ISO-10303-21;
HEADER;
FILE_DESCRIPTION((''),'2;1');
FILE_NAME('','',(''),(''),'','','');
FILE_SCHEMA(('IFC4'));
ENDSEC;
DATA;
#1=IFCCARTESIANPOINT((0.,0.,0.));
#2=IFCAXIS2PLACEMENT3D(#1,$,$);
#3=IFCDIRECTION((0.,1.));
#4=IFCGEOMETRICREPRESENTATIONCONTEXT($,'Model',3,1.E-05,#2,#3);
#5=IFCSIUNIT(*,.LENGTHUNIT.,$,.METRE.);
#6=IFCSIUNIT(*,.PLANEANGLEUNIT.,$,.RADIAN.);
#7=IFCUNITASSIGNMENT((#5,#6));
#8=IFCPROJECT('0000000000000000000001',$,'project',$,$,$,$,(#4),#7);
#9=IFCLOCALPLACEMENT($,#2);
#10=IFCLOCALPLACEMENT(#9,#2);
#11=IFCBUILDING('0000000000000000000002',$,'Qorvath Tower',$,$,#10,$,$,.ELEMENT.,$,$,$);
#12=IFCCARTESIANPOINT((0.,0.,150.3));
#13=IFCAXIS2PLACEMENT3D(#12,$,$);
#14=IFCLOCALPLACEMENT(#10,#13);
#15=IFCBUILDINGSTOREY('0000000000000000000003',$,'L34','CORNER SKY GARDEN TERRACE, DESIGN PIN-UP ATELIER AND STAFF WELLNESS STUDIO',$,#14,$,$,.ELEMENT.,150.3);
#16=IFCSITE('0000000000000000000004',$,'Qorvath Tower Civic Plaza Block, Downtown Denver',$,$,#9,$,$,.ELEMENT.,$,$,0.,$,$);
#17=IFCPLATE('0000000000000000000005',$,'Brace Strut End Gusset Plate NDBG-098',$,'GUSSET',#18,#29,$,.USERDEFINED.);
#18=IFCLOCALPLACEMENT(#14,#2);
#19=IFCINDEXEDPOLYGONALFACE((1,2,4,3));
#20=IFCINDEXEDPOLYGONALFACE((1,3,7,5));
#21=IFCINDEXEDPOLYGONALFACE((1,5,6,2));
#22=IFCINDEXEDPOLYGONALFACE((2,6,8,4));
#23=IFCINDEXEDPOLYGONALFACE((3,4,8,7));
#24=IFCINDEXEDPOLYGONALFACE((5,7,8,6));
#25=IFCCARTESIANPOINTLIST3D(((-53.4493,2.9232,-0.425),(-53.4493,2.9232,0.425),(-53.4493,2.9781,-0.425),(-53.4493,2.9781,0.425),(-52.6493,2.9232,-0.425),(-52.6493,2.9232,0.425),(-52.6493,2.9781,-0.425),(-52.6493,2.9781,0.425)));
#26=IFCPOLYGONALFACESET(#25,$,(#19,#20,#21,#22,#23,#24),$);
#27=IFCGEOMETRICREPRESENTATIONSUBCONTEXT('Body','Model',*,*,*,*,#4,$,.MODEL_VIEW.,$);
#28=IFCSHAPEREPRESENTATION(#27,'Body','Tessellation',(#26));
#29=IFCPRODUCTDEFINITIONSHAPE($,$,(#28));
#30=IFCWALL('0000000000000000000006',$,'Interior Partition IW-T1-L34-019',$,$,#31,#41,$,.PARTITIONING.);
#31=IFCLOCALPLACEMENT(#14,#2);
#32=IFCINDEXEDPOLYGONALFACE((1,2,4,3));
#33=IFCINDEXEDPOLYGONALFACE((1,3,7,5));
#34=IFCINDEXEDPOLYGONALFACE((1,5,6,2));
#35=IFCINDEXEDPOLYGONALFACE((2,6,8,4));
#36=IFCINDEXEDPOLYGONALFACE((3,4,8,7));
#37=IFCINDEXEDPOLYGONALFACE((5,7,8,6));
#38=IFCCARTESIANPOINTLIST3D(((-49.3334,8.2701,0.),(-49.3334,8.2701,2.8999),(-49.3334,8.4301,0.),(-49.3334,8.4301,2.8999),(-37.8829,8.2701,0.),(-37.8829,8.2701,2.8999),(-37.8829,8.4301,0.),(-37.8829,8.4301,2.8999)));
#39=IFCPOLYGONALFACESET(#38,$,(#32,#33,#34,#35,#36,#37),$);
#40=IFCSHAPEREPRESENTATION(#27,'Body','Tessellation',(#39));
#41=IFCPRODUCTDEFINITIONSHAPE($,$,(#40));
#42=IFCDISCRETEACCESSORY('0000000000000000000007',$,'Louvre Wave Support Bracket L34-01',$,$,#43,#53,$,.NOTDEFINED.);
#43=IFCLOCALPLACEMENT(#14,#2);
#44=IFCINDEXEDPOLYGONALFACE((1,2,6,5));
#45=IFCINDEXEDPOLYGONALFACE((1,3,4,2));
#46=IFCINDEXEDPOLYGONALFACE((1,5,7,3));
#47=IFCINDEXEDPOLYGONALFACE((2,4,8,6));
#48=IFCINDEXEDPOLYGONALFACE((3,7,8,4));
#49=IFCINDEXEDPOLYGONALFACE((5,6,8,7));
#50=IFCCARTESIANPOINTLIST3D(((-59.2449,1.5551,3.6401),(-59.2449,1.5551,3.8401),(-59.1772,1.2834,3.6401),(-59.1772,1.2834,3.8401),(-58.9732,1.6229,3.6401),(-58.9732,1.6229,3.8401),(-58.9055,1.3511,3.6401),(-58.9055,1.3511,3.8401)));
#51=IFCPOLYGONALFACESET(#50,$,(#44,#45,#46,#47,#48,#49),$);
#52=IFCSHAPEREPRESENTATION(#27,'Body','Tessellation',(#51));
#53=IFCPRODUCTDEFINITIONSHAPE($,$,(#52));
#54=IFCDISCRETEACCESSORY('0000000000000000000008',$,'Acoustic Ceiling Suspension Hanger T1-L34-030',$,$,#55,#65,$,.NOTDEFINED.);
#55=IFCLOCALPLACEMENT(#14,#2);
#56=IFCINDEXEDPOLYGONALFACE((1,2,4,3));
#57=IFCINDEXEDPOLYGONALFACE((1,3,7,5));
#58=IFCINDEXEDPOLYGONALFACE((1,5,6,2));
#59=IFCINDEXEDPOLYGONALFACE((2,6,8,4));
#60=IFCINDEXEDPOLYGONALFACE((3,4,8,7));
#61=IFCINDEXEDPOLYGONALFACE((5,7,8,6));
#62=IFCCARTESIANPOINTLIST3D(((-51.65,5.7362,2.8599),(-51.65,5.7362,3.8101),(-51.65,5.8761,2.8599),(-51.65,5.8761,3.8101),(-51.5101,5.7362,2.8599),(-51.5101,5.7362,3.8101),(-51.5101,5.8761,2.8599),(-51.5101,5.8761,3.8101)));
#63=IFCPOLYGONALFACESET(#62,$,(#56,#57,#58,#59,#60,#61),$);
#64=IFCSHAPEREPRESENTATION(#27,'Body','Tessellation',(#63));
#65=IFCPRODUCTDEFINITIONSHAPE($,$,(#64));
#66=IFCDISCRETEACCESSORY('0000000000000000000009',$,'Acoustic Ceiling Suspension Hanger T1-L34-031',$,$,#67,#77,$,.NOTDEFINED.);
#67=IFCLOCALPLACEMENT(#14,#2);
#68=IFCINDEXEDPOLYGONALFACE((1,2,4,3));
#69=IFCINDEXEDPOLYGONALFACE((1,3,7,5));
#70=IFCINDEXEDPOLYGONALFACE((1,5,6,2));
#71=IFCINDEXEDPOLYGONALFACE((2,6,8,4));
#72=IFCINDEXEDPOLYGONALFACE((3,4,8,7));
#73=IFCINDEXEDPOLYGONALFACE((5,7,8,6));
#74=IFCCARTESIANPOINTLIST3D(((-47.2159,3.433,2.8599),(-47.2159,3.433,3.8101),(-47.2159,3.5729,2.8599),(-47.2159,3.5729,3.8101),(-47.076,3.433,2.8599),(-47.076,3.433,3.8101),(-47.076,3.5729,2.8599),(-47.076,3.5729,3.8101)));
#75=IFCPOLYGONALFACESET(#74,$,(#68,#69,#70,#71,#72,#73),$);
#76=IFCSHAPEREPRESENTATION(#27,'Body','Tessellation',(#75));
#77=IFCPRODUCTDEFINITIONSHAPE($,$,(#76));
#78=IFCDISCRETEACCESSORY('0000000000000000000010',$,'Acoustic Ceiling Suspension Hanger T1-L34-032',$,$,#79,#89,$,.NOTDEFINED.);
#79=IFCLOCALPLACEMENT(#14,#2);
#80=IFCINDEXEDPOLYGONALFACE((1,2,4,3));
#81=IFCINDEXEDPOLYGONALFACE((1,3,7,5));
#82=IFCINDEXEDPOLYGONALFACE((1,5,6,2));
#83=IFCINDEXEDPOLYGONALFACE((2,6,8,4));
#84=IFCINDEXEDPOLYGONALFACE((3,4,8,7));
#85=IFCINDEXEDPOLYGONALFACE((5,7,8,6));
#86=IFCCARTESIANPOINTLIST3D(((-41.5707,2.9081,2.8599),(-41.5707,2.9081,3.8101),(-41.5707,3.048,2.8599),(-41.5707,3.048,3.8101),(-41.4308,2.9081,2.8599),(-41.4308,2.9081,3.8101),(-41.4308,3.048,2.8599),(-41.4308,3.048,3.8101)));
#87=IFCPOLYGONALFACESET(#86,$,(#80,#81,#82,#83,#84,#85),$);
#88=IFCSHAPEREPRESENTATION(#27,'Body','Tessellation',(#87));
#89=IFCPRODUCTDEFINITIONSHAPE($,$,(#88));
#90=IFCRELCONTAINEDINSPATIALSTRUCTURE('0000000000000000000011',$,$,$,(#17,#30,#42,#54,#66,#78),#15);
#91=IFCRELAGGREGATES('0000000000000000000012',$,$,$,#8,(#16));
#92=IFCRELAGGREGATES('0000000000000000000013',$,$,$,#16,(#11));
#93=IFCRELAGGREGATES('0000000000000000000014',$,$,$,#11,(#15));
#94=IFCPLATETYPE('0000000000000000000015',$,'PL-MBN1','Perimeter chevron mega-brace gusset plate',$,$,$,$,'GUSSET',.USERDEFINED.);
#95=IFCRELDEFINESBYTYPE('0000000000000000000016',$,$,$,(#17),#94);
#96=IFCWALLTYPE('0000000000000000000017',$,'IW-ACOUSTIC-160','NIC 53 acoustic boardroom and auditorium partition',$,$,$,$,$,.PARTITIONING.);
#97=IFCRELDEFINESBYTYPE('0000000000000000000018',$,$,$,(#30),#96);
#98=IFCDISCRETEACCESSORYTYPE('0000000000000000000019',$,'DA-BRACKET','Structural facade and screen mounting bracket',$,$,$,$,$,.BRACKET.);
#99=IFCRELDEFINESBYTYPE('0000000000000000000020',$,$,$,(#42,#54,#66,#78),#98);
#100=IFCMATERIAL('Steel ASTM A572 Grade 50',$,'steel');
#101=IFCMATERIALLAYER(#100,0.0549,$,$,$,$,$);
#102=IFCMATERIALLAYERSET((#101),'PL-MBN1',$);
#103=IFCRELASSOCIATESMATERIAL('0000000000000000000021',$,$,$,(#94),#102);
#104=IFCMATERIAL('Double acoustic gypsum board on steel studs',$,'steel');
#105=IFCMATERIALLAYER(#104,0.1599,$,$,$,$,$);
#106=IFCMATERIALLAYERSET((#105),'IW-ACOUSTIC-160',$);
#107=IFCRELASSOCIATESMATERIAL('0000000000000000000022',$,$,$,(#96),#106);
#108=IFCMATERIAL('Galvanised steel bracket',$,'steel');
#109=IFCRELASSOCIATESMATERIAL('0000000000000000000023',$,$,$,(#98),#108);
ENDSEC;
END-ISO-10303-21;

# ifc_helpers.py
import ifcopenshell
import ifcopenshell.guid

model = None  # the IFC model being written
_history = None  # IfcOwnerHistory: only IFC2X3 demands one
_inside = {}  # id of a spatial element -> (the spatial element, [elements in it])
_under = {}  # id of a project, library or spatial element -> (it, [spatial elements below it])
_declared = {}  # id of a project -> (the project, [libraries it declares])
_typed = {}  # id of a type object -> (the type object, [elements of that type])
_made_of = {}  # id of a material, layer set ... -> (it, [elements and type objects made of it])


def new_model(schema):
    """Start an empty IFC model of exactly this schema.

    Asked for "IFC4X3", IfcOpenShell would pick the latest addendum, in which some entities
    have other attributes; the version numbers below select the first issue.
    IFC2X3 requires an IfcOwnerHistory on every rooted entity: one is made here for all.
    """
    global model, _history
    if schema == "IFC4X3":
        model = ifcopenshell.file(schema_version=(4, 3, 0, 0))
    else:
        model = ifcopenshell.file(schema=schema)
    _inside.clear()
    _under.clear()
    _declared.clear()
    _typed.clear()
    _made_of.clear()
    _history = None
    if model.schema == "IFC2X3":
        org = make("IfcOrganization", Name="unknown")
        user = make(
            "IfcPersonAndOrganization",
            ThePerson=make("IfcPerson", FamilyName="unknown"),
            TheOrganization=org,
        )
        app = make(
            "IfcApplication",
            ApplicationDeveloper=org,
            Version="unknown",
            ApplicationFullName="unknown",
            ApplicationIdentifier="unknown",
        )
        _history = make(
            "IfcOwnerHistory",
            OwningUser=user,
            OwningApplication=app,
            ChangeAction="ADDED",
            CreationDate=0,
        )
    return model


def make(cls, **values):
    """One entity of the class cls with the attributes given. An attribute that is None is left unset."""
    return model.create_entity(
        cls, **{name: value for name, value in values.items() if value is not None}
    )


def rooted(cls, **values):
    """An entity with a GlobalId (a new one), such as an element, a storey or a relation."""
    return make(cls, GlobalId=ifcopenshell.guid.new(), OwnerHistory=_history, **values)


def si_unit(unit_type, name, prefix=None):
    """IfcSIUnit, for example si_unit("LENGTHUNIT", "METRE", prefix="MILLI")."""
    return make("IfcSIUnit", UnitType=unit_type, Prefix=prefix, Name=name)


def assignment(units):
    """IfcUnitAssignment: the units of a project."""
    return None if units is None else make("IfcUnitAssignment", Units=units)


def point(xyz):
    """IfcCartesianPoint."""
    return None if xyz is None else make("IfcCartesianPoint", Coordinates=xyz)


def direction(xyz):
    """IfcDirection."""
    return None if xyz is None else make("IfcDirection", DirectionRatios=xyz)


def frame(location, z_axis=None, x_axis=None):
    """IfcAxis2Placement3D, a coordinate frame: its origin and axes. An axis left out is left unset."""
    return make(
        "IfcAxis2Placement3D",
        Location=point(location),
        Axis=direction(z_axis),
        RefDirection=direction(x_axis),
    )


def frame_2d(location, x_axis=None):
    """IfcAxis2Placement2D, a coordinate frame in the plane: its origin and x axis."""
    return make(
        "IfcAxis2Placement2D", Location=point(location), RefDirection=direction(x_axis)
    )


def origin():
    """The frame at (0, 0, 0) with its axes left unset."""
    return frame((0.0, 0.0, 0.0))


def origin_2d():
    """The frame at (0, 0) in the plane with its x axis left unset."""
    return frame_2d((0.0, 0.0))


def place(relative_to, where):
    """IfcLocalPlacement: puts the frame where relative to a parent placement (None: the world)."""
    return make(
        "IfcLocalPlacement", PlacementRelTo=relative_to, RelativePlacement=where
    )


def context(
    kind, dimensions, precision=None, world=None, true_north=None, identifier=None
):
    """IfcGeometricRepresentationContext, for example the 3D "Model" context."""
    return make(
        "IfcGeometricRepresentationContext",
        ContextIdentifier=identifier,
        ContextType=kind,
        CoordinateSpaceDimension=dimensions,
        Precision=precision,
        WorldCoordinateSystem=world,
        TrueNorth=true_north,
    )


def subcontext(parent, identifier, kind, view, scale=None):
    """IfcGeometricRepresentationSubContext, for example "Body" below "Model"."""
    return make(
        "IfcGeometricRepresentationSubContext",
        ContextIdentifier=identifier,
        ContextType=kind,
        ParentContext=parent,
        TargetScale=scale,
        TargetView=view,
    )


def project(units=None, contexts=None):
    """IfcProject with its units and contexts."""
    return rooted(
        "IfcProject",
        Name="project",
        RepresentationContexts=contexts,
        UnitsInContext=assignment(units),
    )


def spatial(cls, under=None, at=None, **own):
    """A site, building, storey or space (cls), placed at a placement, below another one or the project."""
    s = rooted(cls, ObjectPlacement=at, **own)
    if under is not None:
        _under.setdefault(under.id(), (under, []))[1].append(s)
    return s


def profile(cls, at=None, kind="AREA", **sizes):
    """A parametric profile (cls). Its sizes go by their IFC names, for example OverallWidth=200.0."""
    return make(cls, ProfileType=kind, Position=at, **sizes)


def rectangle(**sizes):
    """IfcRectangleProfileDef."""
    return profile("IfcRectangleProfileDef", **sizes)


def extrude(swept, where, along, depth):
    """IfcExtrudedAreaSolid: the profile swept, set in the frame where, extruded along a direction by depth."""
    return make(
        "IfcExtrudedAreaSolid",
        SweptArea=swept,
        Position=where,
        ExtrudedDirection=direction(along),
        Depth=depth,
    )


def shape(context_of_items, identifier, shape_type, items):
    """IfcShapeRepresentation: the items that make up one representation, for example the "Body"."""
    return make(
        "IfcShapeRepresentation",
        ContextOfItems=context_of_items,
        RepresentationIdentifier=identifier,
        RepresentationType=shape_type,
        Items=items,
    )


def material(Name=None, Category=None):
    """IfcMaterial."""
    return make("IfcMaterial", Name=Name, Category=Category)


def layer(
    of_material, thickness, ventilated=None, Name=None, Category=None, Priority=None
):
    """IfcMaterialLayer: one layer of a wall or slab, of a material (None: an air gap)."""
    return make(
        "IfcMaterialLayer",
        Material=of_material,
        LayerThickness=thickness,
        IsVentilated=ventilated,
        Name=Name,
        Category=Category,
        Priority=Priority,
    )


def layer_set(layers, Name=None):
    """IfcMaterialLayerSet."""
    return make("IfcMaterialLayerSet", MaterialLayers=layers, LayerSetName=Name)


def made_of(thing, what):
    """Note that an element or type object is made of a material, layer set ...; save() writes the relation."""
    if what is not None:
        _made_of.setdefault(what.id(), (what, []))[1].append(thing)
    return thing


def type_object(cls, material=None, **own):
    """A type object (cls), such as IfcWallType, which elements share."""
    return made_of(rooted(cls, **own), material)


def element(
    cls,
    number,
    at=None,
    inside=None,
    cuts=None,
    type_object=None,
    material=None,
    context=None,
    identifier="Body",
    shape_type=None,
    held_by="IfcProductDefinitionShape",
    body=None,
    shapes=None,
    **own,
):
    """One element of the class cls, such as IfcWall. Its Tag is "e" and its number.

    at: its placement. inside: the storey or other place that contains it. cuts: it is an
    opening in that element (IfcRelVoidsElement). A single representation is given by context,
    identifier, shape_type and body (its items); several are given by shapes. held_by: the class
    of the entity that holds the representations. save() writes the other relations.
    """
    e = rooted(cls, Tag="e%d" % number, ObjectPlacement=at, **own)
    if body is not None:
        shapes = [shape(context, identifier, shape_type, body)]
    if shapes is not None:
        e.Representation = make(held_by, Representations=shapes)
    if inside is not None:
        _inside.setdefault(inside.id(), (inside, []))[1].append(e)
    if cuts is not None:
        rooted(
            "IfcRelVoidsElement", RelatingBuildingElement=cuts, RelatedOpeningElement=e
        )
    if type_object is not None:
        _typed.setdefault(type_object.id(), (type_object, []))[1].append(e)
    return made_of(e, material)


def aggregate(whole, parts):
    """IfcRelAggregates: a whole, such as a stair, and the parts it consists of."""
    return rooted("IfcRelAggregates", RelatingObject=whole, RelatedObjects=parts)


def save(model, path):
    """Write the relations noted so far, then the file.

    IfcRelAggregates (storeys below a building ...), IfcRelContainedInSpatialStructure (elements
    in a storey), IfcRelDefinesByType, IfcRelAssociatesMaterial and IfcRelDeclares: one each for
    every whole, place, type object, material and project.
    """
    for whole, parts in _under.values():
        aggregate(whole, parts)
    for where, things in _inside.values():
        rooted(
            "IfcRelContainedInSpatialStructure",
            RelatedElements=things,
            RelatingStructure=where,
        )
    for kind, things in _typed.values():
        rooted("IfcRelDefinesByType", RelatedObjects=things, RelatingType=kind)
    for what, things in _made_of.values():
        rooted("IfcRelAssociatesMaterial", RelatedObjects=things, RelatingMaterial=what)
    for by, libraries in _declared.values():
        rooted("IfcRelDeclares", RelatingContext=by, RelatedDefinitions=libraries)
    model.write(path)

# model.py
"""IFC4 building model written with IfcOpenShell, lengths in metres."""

from ifc_helpers import new_model, si_unit, direction, frame, frame_2d, origin, origin_2d, place, context, subcontext, project, spatial, rectangle, extrude, material, layer, layer_set, type_object, element, save


model = new_model("IFC4")

# Units and contexts
model_context = context("Model", 3, precision=1e-05, world=origin(), true_north=direction((0.0, 1.0)))
body_context = subcontext(model_context, "Body", "Model", "MODEL_VIEW")
ifc_project = project(units=[si_unit("LENGTHUNIT", "METRE"), si_unit("PLANEANGLEUNIT", "RADIAN")], contexts=[model_context])

# Site, building, storey
site_placement = place(None, origin())
site = spatial("IfcSite", under=ifc_project, at=site_placement, Name="Qorvath Tower Civic Plaza Block, Downtown Denver", CompositionType="ELEMENT", RefElevation=0.0)
building_placement = place(site_placement, origin())
building = spatial("IfcBuilding", under=site, at=building_placement, Name="Qorvath Tower", CompositionType="ELEMENT")
storey_placement = place(building_placement, frame((0.0, 0.0, 150.3)))
storey = spatial("IfcBuildingStorey", under=building, at=storey_placement, Name="L34", Description="CORNER SKY GARDEN TERRACE, DESIGN PIN-UP ATELIER AND STAFF WELLNESS STUDIO", CompositionType="ELEMENT", Elevation=150.3)

# Plate
ifc_material_1 = material(Name="Steel ASTM A572 Grade 50", Category="steel")
ifc_layer_1 = layer(ifc_material_1, 0.0549)
ifc_layer_set_1 = layer_set([ifc_layer_1], Name="PL-MBN1")
plate_type_1 = type_object("IfcPlateType", Name="PL-MBN1", Description="Perimeter chevron mega-brace gusset plate", ElementType="GUSSET", PredefinedType="USERDEFINED", material=ifc_layer_set_1)
plate_1_placement = place(storey_placement, frame((-53.0493, 2.9507, -0.425), z_axis=(0.0, 0.0, 1.0), x_axis=(1.0, 0.0, 0.0)))
element("IfcPlate", 1, at=plate_1_placement, inside=storey, type_object=plate_type_1, Name="Brace Strut End Gusset Plate NDBG-098", ObjectType="GUSSET", PredefinedType="USERDEFINED", context=body_context, shape_type="SweptSolid", body=[
    extrude(rectangle(XDim=0.8, YDim=0.0549, at=origin_2d()), origin(), (0.0, 0.0, 1.0), 0.8501),
])

# Wall
ifc_material_2 = material(Name="Double acoustic gypsum board on steel studs", Category="steel")
ifc_layer_2 = layer(ifc_material_2, 0.1599)
ifc_layer_set_2 = layer_set([ifc_layer_2], Name="IW-ACOUSTIC-160")
wall_type = type_object("IfcWallType", Name="IW-ACOUSTIC-160", Description="NIC 53 acoustic boardroom and auditorium partition", PredefinedType="PARTITIONING", material=ifc_layer_set_2)
wall_placement = place(storey_placement, frame((-49.3333, 8.3501, 0.0), z_axis=(0.0, 0.0, 1.0), x_axis=(1.0, 0.0, 0.0)))
element("IfcWall", 2, at=wall_placement, inside=storey, type_object=wall_type, Name="Interior Partition IW-T1-L34-019", PredefinedType="PARTITIONING", context=body_context, shape_type="SweptSolid", body=[
    extrude(rectangle(XDim=11.4504, YDim=0.1599, at=frame_2d((5.7251, 0.0))), origin(), (0.0, 0.0, 1.0), 2.8999),
])

# Discrete accessories
ifc_material_3 = material(Name="Galvanised steel bracket", Category="steel")
discrete_accessory_type = type_object("IfcDiscreteAccessoryType", Name="DA-BRACKET", Description="Structural facade and screen mounting bracket", PredefinedType="BRACKET", material=ifc_material_3)
discrete_accessory_placement = place(storey_placement, frame((-59.0752, 1.4531, 3.6401), z_axis=(0.0, 0.0, 1.0), x_axis=(0.241922, -0.970296, 0.0)))
element("IfcDiscreteAccessory", 3, at=discrete_accessory_placement, inside=storey, type_object=discrete_accessory_type, Name="Louvre Wave Support Bracket L34-01", PredefinedType="NOTDEFINED", context=body_context, shape_type="SweptSolid", body=[
    extrude(rectangle(XDim=0.28, YDim=0.28, at=origin_2d()), origin(), (0.0, 0.0, 1.0), 0.2),
])
for number, where, z_axis, x_axis, name in (
    (4, (-51.5801, 5.8062, 2.8599), (0.0, 0.0, 1.0), (1.0, 0.0, 0.0), "Acoustic Ceiling Suspension Hanger T1-L34-030"),
    (5, (-47.146, 3.5029, 2.8599), (0.0, 0.0, 1.0), (1.0, 0.0, 0.0), "Acoustic Ceiling Suspension Hanger T1-L34-031"),
    (6, (-41.5007, 2.978, 2.8599), (0.0, 0.0, 1.0), (1.0, 0.0, 0.0), "Acoustic Ceiling Suspension Hanger T1-L34-032"),
):
    element("IfcDiscreteAccessory", number, at=place(storey_placement, frame(where, z_axis=z_axis, x_axis=x_axis)), inside=storey, type_object=discrete_accessory_type, Name=name, PredefinedType="NOTDEFINED", context=body_context, shape_type="SweptSolid", body=[
        extrude(rectangle(XDim=0.1399, YDim=0.1399, at=origin_2d()), origin(), (0.0, 0.0, 1.0), 0.9502),
    ])

save(model, "model.ifc")
